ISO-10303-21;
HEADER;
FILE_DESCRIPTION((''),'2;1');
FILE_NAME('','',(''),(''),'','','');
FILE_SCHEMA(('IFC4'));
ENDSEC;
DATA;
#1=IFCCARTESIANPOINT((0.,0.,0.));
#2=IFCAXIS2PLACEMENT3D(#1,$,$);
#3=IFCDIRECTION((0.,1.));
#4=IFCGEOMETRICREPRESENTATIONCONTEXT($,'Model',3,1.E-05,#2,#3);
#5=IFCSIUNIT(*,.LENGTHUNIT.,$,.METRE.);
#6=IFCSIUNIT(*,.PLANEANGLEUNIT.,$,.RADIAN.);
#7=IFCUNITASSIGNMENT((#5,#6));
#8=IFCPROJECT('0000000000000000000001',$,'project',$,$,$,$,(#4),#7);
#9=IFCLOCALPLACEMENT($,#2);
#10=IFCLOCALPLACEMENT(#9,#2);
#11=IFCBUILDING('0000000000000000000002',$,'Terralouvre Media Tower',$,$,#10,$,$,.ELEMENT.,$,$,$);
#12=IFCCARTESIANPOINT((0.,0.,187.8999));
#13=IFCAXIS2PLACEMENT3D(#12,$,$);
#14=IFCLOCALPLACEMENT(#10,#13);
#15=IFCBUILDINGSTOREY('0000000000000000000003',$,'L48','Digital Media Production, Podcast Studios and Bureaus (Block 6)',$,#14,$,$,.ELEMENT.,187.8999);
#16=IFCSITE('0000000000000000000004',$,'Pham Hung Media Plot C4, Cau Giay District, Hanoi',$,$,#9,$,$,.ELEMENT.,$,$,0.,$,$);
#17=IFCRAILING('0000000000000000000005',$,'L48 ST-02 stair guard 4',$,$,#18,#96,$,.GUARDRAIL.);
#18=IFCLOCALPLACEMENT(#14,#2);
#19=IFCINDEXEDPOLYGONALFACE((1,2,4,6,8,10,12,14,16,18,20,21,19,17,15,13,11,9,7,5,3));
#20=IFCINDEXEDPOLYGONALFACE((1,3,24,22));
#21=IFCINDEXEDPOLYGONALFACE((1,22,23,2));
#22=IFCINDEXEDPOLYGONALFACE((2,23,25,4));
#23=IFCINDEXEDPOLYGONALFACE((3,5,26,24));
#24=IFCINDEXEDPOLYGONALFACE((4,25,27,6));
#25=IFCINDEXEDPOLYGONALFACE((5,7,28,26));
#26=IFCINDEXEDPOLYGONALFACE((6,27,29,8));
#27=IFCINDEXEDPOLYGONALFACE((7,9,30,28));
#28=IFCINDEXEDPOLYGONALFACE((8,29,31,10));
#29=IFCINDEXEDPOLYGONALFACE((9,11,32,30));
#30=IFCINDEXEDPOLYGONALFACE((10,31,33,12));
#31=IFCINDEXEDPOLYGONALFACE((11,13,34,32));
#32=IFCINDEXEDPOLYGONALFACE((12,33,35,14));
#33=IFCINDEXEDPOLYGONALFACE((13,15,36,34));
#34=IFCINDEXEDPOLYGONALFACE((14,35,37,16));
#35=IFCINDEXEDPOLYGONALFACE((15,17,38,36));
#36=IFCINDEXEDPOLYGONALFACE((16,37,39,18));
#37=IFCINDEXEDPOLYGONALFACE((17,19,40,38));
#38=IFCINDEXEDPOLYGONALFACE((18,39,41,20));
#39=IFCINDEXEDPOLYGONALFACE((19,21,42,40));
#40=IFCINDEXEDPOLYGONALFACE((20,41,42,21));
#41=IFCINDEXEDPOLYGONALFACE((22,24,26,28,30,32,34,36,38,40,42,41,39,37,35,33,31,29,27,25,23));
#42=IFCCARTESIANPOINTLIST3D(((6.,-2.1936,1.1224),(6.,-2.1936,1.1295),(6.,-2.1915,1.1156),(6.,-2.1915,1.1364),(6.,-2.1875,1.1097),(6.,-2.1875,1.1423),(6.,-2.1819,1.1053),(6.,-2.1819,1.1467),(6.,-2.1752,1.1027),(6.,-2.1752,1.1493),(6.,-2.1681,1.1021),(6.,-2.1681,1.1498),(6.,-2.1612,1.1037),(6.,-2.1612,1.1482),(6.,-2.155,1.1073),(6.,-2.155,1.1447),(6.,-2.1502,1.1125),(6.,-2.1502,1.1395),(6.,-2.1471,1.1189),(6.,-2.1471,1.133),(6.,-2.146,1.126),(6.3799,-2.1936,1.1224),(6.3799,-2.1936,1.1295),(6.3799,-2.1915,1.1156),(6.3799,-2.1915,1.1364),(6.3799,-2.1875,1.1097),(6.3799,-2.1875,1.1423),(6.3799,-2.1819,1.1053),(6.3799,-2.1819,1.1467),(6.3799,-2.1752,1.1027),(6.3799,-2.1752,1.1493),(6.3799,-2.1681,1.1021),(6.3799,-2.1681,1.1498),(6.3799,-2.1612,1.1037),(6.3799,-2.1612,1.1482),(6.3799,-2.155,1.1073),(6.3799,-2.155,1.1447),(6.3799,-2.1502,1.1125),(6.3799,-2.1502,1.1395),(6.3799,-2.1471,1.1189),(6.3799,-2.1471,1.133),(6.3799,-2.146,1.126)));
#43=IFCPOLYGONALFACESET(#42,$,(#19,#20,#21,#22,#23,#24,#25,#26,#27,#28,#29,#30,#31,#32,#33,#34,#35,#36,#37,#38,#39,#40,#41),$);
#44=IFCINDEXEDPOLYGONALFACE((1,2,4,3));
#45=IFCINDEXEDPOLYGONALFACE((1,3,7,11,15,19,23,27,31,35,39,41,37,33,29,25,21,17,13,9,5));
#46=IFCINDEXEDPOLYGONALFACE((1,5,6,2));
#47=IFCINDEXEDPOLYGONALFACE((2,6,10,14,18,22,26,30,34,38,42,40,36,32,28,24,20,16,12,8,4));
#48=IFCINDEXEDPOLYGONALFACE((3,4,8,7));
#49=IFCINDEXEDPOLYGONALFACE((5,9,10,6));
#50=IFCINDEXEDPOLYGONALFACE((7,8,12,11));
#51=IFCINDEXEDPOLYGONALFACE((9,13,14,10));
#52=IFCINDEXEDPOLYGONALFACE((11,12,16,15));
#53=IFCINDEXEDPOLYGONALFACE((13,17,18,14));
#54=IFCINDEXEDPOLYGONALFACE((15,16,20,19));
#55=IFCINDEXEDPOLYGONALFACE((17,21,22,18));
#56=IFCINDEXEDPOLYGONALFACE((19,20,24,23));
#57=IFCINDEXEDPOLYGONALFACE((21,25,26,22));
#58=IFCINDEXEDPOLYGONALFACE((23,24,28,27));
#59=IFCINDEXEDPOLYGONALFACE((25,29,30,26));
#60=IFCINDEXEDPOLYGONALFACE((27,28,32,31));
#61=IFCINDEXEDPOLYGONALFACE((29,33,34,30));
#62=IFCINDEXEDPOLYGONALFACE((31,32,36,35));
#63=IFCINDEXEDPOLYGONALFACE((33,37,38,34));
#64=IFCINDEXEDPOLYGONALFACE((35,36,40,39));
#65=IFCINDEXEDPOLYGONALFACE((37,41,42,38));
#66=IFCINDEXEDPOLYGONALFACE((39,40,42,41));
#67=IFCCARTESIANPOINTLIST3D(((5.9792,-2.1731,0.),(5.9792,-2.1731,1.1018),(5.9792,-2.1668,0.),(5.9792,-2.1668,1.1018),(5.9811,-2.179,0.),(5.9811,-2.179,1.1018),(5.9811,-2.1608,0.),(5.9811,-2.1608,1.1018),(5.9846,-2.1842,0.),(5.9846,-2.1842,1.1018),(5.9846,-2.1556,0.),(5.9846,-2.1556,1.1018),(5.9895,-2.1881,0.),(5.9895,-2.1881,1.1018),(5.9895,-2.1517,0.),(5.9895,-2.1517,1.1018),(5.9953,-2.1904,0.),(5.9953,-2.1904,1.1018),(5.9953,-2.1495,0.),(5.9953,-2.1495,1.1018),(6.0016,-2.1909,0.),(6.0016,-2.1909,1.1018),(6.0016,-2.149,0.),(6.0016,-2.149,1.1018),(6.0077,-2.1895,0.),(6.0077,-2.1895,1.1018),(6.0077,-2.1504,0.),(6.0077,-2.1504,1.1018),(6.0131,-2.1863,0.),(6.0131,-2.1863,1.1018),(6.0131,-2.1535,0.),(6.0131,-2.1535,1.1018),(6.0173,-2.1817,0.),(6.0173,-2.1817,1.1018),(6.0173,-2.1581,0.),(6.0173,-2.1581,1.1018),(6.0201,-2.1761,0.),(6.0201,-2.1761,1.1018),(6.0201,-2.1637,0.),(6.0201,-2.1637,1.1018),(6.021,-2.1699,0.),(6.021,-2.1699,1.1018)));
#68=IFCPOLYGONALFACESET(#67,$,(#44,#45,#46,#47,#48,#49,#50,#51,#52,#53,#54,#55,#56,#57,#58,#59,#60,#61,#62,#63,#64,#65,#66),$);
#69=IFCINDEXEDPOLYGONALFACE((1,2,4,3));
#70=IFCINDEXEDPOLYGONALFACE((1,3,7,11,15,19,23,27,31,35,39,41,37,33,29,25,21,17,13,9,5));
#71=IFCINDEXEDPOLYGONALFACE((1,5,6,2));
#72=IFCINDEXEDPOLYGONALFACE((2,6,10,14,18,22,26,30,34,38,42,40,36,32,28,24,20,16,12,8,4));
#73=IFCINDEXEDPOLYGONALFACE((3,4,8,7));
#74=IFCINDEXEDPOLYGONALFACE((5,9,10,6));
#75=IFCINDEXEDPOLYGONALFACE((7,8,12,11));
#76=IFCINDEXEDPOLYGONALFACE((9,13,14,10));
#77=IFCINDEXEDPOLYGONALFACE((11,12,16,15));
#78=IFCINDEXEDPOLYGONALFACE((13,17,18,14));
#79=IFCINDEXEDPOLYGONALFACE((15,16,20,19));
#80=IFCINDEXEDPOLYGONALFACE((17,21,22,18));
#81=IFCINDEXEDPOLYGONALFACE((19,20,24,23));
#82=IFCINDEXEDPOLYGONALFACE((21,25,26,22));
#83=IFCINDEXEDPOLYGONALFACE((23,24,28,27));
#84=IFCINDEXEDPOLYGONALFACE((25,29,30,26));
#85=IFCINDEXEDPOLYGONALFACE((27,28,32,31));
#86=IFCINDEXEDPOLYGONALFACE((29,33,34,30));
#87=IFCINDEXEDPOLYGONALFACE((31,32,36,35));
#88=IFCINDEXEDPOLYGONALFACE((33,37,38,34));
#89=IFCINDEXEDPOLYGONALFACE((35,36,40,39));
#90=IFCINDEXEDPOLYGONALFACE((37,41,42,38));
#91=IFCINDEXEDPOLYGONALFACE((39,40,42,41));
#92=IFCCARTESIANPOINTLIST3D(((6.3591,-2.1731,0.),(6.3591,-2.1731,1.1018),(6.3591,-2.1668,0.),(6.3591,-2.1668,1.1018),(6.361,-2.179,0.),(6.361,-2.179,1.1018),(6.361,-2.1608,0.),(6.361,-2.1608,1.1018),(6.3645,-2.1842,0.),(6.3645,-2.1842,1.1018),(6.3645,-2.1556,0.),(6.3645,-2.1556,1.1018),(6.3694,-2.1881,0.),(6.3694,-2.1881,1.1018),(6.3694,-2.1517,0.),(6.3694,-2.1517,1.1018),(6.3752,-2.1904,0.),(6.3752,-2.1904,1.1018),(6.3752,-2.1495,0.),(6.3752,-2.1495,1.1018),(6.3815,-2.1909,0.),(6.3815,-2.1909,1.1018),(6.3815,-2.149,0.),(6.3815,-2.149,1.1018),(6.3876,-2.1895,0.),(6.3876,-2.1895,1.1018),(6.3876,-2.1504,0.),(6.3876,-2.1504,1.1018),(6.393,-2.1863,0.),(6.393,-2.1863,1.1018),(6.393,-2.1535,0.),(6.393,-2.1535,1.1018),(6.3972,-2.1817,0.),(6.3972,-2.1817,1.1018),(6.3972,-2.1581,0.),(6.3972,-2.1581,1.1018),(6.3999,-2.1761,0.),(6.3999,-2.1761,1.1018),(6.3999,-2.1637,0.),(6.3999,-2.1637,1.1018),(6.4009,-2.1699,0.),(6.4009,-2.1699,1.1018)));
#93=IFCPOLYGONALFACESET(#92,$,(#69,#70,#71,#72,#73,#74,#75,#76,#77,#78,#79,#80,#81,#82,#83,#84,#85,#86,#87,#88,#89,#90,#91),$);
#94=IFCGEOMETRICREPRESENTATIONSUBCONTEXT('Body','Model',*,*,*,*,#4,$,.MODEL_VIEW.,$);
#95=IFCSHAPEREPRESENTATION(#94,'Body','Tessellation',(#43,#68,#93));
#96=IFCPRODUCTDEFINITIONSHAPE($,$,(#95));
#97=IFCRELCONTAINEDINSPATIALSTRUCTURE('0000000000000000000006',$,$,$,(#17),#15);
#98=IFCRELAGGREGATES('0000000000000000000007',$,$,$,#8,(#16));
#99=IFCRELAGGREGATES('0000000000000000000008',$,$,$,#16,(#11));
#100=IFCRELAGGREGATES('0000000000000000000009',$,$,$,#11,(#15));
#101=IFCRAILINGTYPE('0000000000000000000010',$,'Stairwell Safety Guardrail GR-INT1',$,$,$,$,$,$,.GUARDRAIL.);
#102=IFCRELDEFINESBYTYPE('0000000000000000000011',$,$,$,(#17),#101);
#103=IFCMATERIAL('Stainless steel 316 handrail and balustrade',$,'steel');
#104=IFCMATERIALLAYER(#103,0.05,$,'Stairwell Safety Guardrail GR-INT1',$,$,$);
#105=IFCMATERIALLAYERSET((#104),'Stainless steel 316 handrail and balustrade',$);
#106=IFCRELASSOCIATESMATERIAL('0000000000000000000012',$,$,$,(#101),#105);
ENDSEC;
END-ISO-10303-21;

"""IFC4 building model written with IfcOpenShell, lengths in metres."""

from ifc_helpers import new_model, si_unit, direction, frame, origin, origin_2d, place, context, subcontext, project, spatial, circle, extrude, material, layer, layer_set, type_object, element, save


model = new_model("IFC4")

# Units and contexts
model_context = context("Model", 3, precision=1e-05, world=origin(), true_north=direction((0.0, 1.0)))
body_context = subcontext(model_context, "Body", "Model", "MODEL_VIEW")
ifc_project = project(units=[si_unit("LENGTHUNIT", "METRE"), si_unit("PLANEANGLEUNIT", "RADIAN")], contexts=[model_context])

# Site, building, storey
site_placement = place(None, origin())
site = spatial("IfcSite", under=ifc_project, at=site_placement, Name="Pham Hung Media Plot C4, Cau Giay District, Hanoi", CompositionType="ELEMENT", RefElevation=0.0)
building_placement = place(site_placement, origin())
building = spatial("IfcBuilding", under=site, at=building_placement, Name="Terralouvre Media Tower", CompositionType="ELEMENT")
storey_placement = place(building_placement, frame((0.0, 0.0, 187.8999)))
storey = spatial("IfcBuildingStorey", under=building, at=storey_placement, Name="L48", Description="Digital Media Production, Podcast Studios and Bureaus (Block 6)", CompositionType="ELEMENT", Elevation=187.8999)

# Railing
ifc_material_1 = material(Name="Stainless steel 316 handrail and balustrade", Category="steel")
ifc_layer_1 = layer(ifc_material_1, 0.05, Name="Stairwell Safety Guardrail GR-INT1")
ifc_layer_set_1 = layer_set([ifc_layer_1], Name="Stainless steel 316 handrail and balustrade")
railing_type_1 = type_object("IfcRailingType", Name="Stairwell Safety Guardrail GR-INT1", PredefinedType="GUARDRAIL", material=ifc_layer_set_1)
railing_1_placement = place(storey_placement, frame((6.0, -2.1699, 0.0)))
element("IfcRailing", 1, at=railing_1_placement, inside=storey, type_object=railing_type_1, Name="L48 ST-02 stair guard 4", PredefinedType="GUARDRAIL", context=body_context, shape_type="SweptSolid", body=[
    extrude(circle(Radius=0.0239, at=origin_2d()), frame((0.0, 0.0, 1.126), z_axis=(1.0, 0.0, 0.0), x_axis=(0.0, 1.0, 0.0)), (0.0, 0.0, 1.0), 0.3799),
    extrude(circle(Radius=0.021, at=origin_2d()), origin(), (0.0, 0.0, 1.0), 1.1018),
    extrude(circle(Radius=0.021, at=origin_2d()), frame((0.3799, 0.0, 0.0)), (0.0, 0.0, 1.0), 1.1018),
])

save(model, "model.ifc")
